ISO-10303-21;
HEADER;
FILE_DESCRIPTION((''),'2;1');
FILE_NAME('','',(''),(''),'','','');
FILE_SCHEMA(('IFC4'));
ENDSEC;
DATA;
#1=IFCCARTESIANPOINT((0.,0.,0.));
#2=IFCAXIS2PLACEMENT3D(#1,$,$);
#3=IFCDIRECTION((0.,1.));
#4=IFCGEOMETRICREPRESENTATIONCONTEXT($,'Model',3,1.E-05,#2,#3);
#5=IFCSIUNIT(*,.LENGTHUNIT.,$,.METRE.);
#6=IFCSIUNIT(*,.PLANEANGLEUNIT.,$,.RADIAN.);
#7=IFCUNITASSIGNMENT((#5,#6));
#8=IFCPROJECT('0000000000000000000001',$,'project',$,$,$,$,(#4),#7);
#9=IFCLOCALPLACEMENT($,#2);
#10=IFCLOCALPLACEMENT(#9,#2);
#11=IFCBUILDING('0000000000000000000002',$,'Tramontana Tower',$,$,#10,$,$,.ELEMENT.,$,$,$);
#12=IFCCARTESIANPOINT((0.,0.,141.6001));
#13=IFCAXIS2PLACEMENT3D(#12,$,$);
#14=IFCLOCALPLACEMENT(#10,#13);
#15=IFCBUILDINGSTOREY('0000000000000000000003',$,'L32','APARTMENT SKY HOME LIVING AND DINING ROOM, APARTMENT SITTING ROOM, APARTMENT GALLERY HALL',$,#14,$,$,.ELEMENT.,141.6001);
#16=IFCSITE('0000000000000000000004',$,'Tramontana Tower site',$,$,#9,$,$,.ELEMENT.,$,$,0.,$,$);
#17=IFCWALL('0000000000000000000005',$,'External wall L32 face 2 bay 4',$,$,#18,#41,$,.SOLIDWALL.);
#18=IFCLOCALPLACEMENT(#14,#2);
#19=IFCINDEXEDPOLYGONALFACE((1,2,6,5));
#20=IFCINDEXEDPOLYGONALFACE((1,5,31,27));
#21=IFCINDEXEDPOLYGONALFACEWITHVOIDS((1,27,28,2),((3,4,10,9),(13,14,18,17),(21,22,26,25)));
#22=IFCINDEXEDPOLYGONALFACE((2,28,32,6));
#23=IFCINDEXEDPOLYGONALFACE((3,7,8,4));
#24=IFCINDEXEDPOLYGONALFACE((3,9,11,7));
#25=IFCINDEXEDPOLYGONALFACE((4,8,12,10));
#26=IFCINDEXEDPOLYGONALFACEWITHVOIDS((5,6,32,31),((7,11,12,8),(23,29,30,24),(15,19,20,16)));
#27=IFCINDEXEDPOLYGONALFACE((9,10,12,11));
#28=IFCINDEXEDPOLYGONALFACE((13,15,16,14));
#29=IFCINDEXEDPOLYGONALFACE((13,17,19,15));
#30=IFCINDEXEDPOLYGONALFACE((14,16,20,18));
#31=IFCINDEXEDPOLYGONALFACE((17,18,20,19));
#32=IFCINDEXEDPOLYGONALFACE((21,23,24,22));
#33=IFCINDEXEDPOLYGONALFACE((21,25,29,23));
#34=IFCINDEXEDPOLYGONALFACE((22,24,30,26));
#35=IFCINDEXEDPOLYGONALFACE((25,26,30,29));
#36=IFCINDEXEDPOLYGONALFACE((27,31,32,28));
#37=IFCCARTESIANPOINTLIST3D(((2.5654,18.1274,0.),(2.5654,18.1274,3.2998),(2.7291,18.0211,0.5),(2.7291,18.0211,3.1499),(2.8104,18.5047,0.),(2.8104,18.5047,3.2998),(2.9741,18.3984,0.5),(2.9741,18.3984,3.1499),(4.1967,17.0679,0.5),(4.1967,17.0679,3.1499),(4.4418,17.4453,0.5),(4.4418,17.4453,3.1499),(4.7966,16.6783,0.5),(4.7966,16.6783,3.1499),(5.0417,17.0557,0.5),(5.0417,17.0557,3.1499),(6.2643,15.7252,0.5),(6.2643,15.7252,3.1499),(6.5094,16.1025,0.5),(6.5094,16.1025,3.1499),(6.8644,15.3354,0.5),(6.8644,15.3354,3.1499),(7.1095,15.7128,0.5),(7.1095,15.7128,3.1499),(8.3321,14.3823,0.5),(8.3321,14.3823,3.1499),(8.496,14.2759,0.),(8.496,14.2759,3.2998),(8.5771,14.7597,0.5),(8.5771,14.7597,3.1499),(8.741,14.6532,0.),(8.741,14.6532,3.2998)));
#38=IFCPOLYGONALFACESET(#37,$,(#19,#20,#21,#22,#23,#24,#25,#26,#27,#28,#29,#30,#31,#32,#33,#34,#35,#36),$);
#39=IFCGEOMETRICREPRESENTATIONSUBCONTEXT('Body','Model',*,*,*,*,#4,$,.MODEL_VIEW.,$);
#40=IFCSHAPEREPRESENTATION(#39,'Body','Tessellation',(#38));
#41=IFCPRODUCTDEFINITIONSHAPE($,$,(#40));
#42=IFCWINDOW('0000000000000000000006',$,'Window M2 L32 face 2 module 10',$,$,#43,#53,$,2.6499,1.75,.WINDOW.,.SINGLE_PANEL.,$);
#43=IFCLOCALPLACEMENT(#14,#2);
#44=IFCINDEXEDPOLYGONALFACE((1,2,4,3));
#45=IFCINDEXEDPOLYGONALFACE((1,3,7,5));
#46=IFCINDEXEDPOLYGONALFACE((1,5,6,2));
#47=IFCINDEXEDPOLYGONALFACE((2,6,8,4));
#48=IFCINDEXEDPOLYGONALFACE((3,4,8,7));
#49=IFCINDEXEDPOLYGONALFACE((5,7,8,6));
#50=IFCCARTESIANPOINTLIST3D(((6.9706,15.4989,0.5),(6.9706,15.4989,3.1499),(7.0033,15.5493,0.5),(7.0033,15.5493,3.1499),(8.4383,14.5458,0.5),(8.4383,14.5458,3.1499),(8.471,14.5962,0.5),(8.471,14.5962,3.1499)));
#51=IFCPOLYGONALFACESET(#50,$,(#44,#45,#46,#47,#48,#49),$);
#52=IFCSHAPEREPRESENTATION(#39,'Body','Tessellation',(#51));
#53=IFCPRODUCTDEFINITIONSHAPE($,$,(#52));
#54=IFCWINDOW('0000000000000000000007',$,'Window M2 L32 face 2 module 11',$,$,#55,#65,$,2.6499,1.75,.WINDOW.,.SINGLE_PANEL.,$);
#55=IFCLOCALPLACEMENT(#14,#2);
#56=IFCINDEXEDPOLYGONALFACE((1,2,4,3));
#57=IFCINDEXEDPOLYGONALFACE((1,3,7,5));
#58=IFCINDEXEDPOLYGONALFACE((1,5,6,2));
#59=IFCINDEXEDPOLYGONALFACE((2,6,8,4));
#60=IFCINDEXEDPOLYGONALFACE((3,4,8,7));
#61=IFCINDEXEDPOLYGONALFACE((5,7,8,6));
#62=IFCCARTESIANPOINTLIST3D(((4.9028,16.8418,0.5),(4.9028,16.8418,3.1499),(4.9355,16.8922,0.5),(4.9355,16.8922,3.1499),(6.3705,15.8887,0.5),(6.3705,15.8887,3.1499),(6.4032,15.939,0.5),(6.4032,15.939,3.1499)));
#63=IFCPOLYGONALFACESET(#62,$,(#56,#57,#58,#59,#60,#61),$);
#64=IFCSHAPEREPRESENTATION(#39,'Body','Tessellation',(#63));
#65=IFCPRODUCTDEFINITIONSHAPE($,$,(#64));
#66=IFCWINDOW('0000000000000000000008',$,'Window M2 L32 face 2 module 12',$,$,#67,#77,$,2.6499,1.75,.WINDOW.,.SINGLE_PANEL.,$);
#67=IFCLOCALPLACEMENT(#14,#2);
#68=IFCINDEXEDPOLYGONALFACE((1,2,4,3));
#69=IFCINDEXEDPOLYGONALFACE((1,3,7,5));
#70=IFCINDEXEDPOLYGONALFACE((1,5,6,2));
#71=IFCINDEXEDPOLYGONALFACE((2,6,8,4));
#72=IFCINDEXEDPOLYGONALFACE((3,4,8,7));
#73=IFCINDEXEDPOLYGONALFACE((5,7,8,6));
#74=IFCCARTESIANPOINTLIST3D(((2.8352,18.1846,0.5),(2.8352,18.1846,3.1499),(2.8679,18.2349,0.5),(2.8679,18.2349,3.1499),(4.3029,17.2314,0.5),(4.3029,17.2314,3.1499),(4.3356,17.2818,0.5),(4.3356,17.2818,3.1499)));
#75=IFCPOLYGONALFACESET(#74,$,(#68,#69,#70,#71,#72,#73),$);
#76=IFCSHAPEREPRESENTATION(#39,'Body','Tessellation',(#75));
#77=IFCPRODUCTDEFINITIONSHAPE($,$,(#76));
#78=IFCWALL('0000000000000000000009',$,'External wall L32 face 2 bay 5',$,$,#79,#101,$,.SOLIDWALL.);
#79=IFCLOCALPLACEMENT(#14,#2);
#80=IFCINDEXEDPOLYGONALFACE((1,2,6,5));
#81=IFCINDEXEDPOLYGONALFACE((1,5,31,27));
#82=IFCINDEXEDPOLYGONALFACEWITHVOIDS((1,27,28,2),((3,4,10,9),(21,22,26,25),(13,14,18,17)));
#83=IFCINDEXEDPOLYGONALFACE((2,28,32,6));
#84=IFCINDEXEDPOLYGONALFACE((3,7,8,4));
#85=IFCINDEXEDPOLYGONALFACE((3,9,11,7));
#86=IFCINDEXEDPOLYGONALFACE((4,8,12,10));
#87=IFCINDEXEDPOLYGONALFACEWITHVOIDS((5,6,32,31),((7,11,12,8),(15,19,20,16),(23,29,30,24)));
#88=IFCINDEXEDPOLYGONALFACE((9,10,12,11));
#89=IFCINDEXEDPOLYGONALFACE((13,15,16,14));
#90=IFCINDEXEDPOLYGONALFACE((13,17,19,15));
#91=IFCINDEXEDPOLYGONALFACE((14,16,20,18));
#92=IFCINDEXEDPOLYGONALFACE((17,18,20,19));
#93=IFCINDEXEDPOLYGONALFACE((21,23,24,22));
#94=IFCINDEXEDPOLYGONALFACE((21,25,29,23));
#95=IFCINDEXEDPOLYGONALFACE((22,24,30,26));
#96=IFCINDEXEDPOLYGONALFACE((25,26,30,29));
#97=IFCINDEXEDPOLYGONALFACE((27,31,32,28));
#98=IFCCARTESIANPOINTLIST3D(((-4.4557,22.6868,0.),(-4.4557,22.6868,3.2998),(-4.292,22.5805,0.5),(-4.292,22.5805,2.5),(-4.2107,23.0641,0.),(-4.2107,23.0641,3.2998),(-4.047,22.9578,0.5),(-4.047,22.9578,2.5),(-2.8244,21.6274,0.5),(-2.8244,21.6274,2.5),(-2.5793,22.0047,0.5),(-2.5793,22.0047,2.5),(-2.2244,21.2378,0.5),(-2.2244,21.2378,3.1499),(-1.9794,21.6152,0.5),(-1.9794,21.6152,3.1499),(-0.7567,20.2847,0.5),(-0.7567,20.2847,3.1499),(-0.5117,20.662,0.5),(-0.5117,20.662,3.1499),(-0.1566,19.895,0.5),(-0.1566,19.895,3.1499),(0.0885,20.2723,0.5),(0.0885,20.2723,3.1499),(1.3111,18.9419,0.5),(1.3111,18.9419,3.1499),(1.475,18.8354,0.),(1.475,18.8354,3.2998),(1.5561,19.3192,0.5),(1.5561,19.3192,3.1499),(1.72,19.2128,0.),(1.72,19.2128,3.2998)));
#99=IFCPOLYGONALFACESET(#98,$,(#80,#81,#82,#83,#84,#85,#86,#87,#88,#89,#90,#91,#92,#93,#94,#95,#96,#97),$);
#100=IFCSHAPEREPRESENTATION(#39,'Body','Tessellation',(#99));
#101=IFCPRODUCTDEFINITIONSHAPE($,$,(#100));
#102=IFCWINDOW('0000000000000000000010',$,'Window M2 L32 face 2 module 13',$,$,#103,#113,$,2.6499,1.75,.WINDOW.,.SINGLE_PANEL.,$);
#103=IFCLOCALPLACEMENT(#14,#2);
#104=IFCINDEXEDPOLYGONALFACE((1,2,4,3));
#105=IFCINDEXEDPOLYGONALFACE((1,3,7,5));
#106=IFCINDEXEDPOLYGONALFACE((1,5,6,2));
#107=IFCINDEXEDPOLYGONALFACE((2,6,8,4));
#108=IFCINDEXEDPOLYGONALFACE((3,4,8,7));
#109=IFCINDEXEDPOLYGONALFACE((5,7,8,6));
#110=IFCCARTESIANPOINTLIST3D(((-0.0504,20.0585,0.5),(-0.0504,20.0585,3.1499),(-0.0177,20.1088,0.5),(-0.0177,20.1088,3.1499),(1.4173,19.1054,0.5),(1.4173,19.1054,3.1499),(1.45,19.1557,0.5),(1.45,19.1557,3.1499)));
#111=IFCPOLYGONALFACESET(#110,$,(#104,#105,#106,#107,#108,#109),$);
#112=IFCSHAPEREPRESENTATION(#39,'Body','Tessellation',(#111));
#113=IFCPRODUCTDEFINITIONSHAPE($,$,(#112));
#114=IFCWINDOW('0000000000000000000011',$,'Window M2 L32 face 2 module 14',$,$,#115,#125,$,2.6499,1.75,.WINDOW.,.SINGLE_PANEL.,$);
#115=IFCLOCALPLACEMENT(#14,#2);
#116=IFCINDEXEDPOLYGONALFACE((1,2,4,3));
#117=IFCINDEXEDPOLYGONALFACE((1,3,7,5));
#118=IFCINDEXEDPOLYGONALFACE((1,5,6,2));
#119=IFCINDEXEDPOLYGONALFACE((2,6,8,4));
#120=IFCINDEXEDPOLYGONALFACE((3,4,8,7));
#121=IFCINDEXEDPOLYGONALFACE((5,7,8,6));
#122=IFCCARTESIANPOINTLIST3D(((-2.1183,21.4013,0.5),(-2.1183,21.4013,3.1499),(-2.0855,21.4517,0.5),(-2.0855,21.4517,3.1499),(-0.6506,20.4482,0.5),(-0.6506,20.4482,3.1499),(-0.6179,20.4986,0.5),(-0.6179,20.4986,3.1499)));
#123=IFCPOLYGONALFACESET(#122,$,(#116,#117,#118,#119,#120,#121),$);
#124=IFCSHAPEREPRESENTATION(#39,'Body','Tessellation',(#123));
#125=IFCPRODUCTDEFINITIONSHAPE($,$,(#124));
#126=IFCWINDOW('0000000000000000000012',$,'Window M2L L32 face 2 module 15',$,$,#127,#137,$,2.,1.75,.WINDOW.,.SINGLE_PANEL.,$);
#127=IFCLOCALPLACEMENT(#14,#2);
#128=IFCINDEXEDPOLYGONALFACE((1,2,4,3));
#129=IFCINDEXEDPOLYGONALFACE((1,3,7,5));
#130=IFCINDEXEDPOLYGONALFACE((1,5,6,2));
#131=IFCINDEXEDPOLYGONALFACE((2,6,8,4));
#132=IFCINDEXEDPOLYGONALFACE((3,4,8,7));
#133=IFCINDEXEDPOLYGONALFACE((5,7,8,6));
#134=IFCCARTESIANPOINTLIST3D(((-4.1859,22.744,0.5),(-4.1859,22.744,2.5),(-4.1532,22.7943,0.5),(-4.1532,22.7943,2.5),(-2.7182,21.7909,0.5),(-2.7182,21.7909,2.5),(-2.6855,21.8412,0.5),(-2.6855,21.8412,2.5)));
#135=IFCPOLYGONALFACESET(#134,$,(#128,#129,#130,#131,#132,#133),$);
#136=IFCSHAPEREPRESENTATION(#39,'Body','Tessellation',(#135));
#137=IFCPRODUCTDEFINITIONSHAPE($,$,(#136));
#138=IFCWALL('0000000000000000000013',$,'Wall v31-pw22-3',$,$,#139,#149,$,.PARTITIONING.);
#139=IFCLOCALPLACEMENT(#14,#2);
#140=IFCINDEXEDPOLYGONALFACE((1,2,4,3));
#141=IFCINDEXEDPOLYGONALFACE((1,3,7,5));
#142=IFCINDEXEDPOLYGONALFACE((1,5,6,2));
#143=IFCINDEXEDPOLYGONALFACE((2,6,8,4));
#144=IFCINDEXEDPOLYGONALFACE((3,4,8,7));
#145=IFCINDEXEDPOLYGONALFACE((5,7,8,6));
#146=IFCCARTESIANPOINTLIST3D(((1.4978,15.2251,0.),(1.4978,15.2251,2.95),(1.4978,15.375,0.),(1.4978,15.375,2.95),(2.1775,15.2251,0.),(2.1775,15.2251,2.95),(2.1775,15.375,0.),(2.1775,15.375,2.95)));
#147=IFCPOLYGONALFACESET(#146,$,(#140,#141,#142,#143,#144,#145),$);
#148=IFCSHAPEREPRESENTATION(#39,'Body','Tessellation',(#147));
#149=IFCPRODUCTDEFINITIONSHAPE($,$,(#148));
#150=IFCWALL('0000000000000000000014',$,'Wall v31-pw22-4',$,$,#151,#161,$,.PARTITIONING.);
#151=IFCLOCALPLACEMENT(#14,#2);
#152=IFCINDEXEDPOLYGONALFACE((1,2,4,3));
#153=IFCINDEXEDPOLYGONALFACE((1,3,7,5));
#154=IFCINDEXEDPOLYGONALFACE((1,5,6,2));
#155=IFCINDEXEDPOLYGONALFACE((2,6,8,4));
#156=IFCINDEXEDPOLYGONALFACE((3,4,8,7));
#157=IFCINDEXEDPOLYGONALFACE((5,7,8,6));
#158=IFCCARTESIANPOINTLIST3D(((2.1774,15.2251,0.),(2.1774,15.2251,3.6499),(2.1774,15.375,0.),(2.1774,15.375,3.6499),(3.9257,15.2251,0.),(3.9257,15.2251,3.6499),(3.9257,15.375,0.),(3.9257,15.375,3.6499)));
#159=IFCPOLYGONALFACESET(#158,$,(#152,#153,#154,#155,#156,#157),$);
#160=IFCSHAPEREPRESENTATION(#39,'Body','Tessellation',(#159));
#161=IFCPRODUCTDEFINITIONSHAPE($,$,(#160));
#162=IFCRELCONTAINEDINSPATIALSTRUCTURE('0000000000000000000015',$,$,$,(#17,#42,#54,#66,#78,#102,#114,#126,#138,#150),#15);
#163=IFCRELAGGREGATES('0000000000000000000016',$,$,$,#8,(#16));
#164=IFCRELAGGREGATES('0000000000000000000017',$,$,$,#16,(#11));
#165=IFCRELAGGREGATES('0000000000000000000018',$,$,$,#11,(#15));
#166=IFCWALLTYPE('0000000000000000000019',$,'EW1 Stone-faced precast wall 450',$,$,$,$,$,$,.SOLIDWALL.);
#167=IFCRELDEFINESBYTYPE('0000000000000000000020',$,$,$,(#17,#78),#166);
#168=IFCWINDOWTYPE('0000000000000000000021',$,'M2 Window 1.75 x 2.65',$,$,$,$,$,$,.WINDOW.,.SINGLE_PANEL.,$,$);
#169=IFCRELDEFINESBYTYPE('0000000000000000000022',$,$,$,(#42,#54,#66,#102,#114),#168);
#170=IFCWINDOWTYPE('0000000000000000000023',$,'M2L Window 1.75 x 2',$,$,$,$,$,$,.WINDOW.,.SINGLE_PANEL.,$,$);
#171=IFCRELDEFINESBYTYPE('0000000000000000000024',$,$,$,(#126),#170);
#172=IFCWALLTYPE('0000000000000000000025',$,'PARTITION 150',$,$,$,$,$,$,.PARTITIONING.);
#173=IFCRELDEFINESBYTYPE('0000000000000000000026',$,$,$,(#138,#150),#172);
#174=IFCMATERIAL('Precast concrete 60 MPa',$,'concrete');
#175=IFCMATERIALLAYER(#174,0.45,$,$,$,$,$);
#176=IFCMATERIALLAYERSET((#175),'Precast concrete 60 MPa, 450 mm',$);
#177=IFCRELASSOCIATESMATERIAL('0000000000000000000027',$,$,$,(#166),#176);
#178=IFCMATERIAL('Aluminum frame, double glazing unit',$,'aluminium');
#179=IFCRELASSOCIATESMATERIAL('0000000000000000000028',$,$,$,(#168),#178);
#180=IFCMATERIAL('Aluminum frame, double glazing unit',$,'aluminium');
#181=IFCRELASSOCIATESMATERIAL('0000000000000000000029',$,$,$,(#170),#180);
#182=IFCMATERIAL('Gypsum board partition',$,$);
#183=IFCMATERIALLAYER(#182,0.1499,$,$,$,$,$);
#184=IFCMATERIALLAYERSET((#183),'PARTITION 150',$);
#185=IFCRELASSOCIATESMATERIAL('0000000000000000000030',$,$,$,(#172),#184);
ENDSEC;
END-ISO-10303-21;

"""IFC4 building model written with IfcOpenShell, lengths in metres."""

from ifc_helpers import new_model, si_unit, direction, frame, frame_2d, origin, place, context, subcontext, project, spatial, rectangle, extrude, material, layer, layer_set, type_object, element, fill, save


model = new_model("IFC4")

# Units and contexts
model_context = context("Model", 3, precision=1e-05, world=origin(), true_north=direction((0.0, 1.0)))
body_context = subcontext(model_context, "Body", "Model", "MODEL_VIEW")
ifc_project = project(units=[si_unit("LENGTHUNIT", "METRE"), si_unit("PLANEANGLEUNIT", "RADIAN")], contexts=[model_context])

# Site, building, storey
site_placement = place(None, origin())
site = spatial("IfcSite", under=ifc_project, at=site_placement, Name="Tramontana Tower site", CompositionType="ELEMENT", RefElevation=0.0)
building_placement = place(site_placement, origin())
building = spatial("IfcBuilding", under=site, at=building_placement, Name="Tramontana Tower", CompositionType="ELEMENT")
storey_placement = place(building_placement, frame((0.0, 0.0, 141.6001)))
storey = spatial("IfcBuildingStorey", under=building, at=storey_placement, Name="L32", Description="APARTMENT SKY HOME LIVING AND DINING ROOM, APARTMENT SITTING ROOM, APARTMENT GALLERY HALL", CompositionType="ELEMENT", Elevation=141.6001)

# Walls, openings, windows
ifc_material_1 = material(Name="Precast concrete 60 MPa", Category="concrete")
ifc_layer_1 = layer(ifc_material_1, 0.45)
ifc_layer_set_1 = layer_set([ifc_layer_1], Name="Precast concrete 60 MPa, 450 mm")
wall_type_1 = type_object("IfcWallType", Name="EW1 Stone-faced precast wall 450", PredefinedType="SOLIDWALL", material=ifc_layer_set_1)
wall_1_placement = place(storey_placement, frame((8.6184, 14.4646, 0.0), z_axis=(0.0, 0.0, 1.0), x_axis=(-0.838661, 0.544653, 0.0)))
wall_1 = element("IfcWall", 1, at=wall_1_placement, inside=storey, type_object=wall_type_1, Name="External wall L32 face 2 bay 4", PredefinedType="SOLIDWALL", context=body_context, shape_type="SweptSolid", body=[
    extrude(rectangle(XDim=7.0715, YDim=0.45, at=frame_2d((3.5356, 0.0))), origin(), (0.0, 0.0, 1.0), 3.2998),
])
opening_1_placement = place(wall_1_placement, frame((0.1953, 0.0, 0.5)))
opening_1 = element("IfcOpeningElement", 2, at=opening_1_placement, cuts=wall_1, PredefinedType="OPENING", context=body_context, shape_type="SweptSolid", body=[
    extrude(rectangle(XDim=1.75, YDim=2.6499, at=frame_2d((0.875, 1.325))), frame((0.0, 0.2349, 0.0), z_axis=(0.0, -1.0, 0.0), x_axis=(1.0, 0.0, 0.0)), (0.0, 0.0, 1.0), 0.47),
])
opening_2_placement = place(wall_1_placement, frame((2.6609, 0.0, 0.5)))
opening_2 = element("IfcOpeningElement", 3, at=opening_2_placement, cuts=wall_1, PredefinedType="OPENING", context=body_context, shape_type="SweptSolid", body=[
    extrude(rectangle(XDim=1.75, YDim=2.6499, at=frame_2d((0.875, 1.325))), frame((0.0, 0.2349, 0.0), z_axis=(0.0, -1.0, 0.0), x_axis=(1.0, 0.0, 0.0)), (0.0, 0.0, 1.0), 0.47),
])
opening_3_placement = place(wall_1_placement, frame((5.1262, 0.0, 0.5)))
opening_3 = element("IfcOpeningElement", 4, at=opening_3_placement, cuts=wall_1, PredefinedType="OPENING", context=body_context, shape_type="SweptSolid", body=[
    extrude(rectangle(XDim=1.75, YDim=2.6499, at=frame_2d((0.875, 1.325))), frame((0.0, 0.2349, 0.0), z_axis=(0.0, -1.0, 0.0), x_axis=(1.0, 0.0, 0.0)), (0.0, 0.0, 1.0), 0.47),
])
ifc_material_2 = material(Name="Aluminum frame, double glazing unit", Category="aluminium")
window_type_1 = type_object("IfcWindowType", Name="M2 Window 1.75 x 2.65", PartitioningType="SINGLE_PANEL", PredefinedType="WINDOW", material=ifc_material_2)
window_1_placement = place(opening_1_placement, origin())
window_1 = element("IfcWindow", 5, at=window_1_placement, inside=storey, type_object=window_type_1, Name="Window M2 L32 face 2 module 10", OverallHeight=2.6499, OverallWidth=1.75, PartitioningType="SINGLE_PANEL", PredefinedType="WINDOW", context=body_context, shape_type="SweptSolid", body=[
    extrude(rectangle(XDim=1.75, YDim=2.6499, at=frame_2d((0.875, 1.325))), frame((0.0, 0.03, 0.0), z_axis=(0.0, -1.0, 0.0), x_axis=(1.0, 0.0, 0.0)), (0.0, 0.0, 1.0), 0.0601),
])
fill(opening_1, window_1)
window_2_placement = place(opening_2_placement, origin())
window_2 = element("IfcWindow", 6, at=window_2_placement, inside=storey, type_object=window_type_1, Name="Window M2 L32 face 2 module 11", OverallHeight=2.6499, OverallWidth=1.75, PartitioningType="SINGLE_PANEL", PredefinedType="WINDOW", context=body_context, shape_type="SweptSolid", body=[
    extrude(rectangle(XDim=1.75, YDim=2.6499, at=frame_2d((0.875, 1.325))), frame((0.0, 0.03, 0.0), z_axis=(0.0, -1.0, 0.0), x_axis=(1.0, 0.0, 0.0)), (0.0, 0.0, 1.0), 0.0601),
])
fill(opening_2, window_2)
window_3_placement = place(opening_3_placement, origin())
window_3 = element("IfcWindow", 7, at=window_3_placement, inside=storey, type_object=window_type_1, Name="Window M2 L32 face 2 module 12", OverallHeight=2.6499, OverallWidth=1.75, PartitioningType="SINGLE_PANEL", PredefinedType="WINDOW", context=body_context, shape_type="SweptSolid", body=[
    extrude(rectangle(XDim=1.75, YDim=2.6499, at=frame_2d((0.875, 1.325))), frame((0.0, 0.03, 0.0), z_axis=(0.0, -1.0, 0.0), x_axis=(1.0, 0.0, 0.0)), (0.0, 0.0, 1.0), 0.0601),
])
fill(opening_3, window_3)
wall_2_placement = place(storey_placement, frame((1.5974, 19.0242, 0.0), z_axis=(0.0, 0.0, 1.0), x_axis=(-0.838677, 0.544629, 0.0)))
wall_2 = element("IfcWall", 8, at=wall_2_placement, inside=storey, type_object=wall_type_1, Name="External wall L32 face 2 bay 5", PredefinedType="SOLIDWALL", context=body_context, shape_type="SweptSolid", body=[
    extrude(rectangle(XDim=7.0715, YDim=0.45, at=frame_2d((3.5356, 0.0))), origin(), (0.0, 0.0, 1.0), 3.2998),
])
opening_4_placement = place(wall_2_placement, frame((0.1953, 0.0, 0.5)))
opening_4 = element("IfcOpeningElement", 9, at=opening_4_placement, cuts=wall_2, PredefinedType="OPENING", context=body_context, shape_type="SweptSolid", body=[
    extrude(rectangle(XDim=1.75, YDim=2.6499, at=frame_2d((0.875, 1.325))), frame((0.0, 0.2349, 0.0), z_axis=(0.0, -1.0, 0.0), x_axis=(1.0, 0.0, 0.0)), (0.0, 0.0, 1.0), 0.47),
])
opening_5_placement = place(wall_2_placement, frame((2.6609, 0.0, 0.5)))
opening_5 = element("IfcOpeningElement", 10, at=opening_5_placement, cuts=wall_2, PredefinedType="OPENING", context=body_context, shape_type="SweptSolid", body=[
    extrude(rectangle(XDim=1.75, YDim=2.6499, at=frame_2d((0.875, 1.325))), frame((0.0, 0.2349, 0.0), z_axis=(0.0, -1.0, 0.0), x_axis=(1.0, 0.0, 0.0)), (0.0, 0.0, 1.0), 0.47),
])
opening_6_placement = place(wall_2_placement, frame((5.1262, 0.0, 0.5)))
opening_6 = element("IfcOpeningElement", 11, at=opening_6_placement, cuts=wall_2, PredefinedType="OPENING", context=body_context, shape_type="SweptSolid", body=[
    extrude(rectangle(XDim=1.75, YDim=2.0, at=frame_2d((0.875, 1.0))), frame((0.0, 0.2349, 0.0), z_axis=(0.0, -1.0, 0.0), x_axis=(1.0, 0.0, 0.0)), (0.0, 0.0, 1.0), 0.47),
])
window_4_placement = place(opening_4_placement, origin())
window_4 = element("IfcWindow", 12, at=window_4_placement, inside=storey, type_object=window_type_1, Name="Window M2 L32 face 2 module 13", OverallHeight=2.6499, OverallWidth=1.75, PartitioningType="SINGLE_PANEL", PredefinedType="WINDOW", context=body_context, shape_type="SweptSolid", body=[
    extrude(rectangle(XDim=1.75, YDim=2.6499, at=frame_2d((0.875, 1.325))), frame((0.0, 0.03, 0.0), z_axis=(0.0, -1.0, 0.0), x_axis=(1.0, 0.0, 0.0)), (0.0, 0.0, 1.0), 0.0601),
])
fill(opening_4, window_4)
window_5_placement = place(opening_5_placement, origin())
window_5 = element("IfcWindow", 13, at=window_5_placement, inside=storey, type_object=window_type_1, Name="Window M2 L32 face 2 module 14", OverallHeight=2.6499, OverallWidth=1.75, PartitioningType="SINGLE_PANEL", PredefinedType="WINDOW", context=body_context, shape_type="SweptSolid", body=[
    extrude(rectangle(XDim=1.75, YDim=2.6499, at=frame_2d((0.875, 1.325))), frame((0.0, 0.03, 0.0), z_axis=(0.0, -1.0, 0.0), x_axis=(1.0, 0.0, 0.0)), (0.0, 0.0, 1.0), 0.0601),
])
fill(opening_5, window_5)
ifc_material_3 = material(Name="Aluminum frame, double glazing unit", Category="aluminium")
window_type_2 = type_object("IfcWindowType", Name="M2L Window 1.75 x 2", PartitioningType="SINGLE_PANEL", PredefinedType="WINDOW", material=ifc_material_3)
window_6_placement = place(opening_6_placement, origin())
window_6 = element("IfcWindow", 14, at=window_6_placement, inside=storey, type_object=window_type_2, Name="Window M2L L32 face 2 module 15", OverallHeight=2.0, OverallWidth=1.75, PartitioningType="SINGLE_PANEL", PredefinedType="WINDOW", context=body_context, shape_type="SweptSolid", body=[
    extrude(rectangle(XDim=1.75, YDim=2.0, at=frame_2d((0.875, 1.0))), frame((0.0, 0.03, 0.0), z_axis=(0.0, -1.0, 0.0), x_axis=(1.0, 0.0, 0.0)), (0.0, 0.0, 1.0), 0.0601),
])
fill(opening_6, window_6)

# Walls
ifc_material_4 = material(Name="Gypsum board partition")
ifc_layer_2 = layer(ifc_material_4, 0.1499)
ifc_layer_set_2 = layer_set([ifc_layer_2], Name="PARTITION 150")
wall_type_2 = type_object("IfcWallType", Name="PARTITION 150", PredefinedType="PARTITIONING", material=ifc_layer_set_2)
wall_3_placement = place(storey_placement, frame((1.4978, 15.3, 0.0), z_axis=(0.0, 0.0, 1.0), x_axis=(1.0, 0.0, 0.0)))
element("IfcWall", 15, at=wall_3_placement, inside=storey, type_object=wall_type_2, Name="Wall v31-pw22-3", PredefinedType="PARTITIONING", context=body_context, shape_type="SweptSolid", body=[
    extrude(rectangle(XDim=0.6797, YDim=0.1499, at=frame_2d((0.3398, 0.0))), origin(), (0.0, 0.0, 1.0), 2.95),
])
wall_4_placement = place(storey_placement, frame((2.1775, 15.3, 0.0), z_axis=(0.0, 0.0, 1.0), x_axis=(1.0, 0.0, 0.0)))
element("IfcWall", 16, at=wall_4_placement, inside=storey, type_object=wall_type_2, Name="Wall v31-pw22-4", PredefinedType="PARTITIONING", context=body_context, shape_type="SweptSolid", body=[
    extrude(rectangle(XDim=1.7483, YDim=0.1499, at=frame_2d((0.874, 0.0))), origin(), (0.0, 0.0, 1.0), 3.6499),
])

save(model, "model.ifc")
